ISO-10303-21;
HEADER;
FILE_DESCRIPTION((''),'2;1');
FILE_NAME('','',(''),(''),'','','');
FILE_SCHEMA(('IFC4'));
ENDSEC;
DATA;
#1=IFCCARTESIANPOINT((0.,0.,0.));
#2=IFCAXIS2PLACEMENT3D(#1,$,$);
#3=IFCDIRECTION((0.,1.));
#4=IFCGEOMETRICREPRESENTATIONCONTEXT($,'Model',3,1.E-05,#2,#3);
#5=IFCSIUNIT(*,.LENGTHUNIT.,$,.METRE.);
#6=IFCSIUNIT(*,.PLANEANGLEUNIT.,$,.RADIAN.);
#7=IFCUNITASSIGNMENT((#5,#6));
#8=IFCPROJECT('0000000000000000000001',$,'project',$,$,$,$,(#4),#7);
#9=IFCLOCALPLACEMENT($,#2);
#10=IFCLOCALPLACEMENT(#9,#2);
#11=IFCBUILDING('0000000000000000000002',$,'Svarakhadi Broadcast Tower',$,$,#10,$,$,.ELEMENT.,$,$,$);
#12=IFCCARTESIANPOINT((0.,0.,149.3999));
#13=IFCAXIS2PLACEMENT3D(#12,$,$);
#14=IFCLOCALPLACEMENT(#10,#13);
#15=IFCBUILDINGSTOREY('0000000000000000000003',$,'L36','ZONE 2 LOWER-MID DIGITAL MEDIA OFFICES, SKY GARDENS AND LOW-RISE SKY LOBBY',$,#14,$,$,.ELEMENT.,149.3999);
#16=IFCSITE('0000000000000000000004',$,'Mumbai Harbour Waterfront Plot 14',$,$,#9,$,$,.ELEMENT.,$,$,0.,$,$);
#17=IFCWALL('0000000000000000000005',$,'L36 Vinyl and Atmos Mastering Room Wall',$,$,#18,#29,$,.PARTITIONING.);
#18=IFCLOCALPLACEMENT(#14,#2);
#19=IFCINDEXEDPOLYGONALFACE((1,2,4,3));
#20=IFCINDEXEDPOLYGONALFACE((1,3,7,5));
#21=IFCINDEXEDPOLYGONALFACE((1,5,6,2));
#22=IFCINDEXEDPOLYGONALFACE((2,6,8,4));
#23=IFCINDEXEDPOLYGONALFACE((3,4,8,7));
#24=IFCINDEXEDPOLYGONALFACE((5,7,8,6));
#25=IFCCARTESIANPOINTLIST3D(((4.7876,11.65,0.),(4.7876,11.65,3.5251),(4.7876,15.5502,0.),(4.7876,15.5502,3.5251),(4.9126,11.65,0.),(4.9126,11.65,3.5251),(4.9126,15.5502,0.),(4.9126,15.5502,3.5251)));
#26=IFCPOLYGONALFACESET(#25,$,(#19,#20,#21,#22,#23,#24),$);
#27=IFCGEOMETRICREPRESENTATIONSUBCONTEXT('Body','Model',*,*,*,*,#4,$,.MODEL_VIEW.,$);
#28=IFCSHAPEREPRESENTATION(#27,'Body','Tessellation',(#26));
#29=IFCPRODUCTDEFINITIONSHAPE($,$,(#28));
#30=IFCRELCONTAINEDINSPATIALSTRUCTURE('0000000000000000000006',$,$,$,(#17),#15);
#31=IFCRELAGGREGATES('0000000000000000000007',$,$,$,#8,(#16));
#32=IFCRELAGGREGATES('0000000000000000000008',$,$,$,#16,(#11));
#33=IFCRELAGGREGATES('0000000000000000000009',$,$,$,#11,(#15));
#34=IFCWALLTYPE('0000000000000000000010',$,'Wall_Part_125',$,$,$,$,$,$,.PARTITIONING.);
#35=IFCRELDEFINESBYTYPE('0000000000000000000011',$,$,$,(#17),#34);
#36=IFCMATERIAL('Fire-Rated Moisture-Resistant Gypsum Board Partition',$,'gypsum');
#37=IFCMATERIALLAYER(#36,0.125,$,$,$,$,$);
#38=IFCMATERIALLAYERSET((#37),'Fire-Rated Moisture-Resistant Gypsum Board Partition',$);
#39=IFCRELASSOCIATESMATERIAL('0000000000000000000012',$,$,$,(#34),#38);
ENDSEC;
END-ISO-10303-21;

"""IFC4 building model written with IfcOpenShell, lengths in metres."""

from ifc_helpers import new_model, si_unit, direction, frame, frame_2d, origin, place, context, subcontext, project, spatial, rectangle, extrude, material, layer, layer_set, type_object, element, save


model = new_model("IFC4")

# Units and contexts
model_context = context("Model", 3, precision=1e-05, world=origin(), true_north=direction((0.0, 1.0)))
body_context = subcontext(model_context, "Body", "Model", "MODEL_VIEW")
ifc_project = project(units=[si_unit("LENGTHUNIT", "METRE"), si_unit("PLANEANGLEUNIT", "RADIAN")], contexts=[model_context])

# Site, building, storey
site_placement = place(None, origin())
site = spatial("IfcSite", under=ifc_project, at=site_placement, Name="Mumbai Harbour Waterfront Plot 14", CompositionType="ELEMENT", RefElevation=0.0)
building_placement = place(site_placement, origin())
building = spatial("IfcBuilding", under=site, at=building_placement, Name="Svarakhadi Broadcast Tower", CompositionType="ELEMENT")
storey_placement = place(building_placement, frame((0.0, 0.0, 149.3999)))
storey = spatial("IfcBuildingStorey", under=building, at=storey_placement, Name="L36", Description="ZONE 2 LOWER-MID DIGITAL MEDIA OFFICES, SKY GARDENS AND LOW-RISE SKY LOBBY", CompositionType="ELEMENT", Elevation=149.3999)

# Shared definitions
ifc_material_1 = material(Name="Fire-Rated Moisture-Resistant Gypsum Board Partition", Category="gypsum")
ifc_layer_1 = layer(ifc_material_1, 0.125)
ifc_layer_set_1 = layer_set([ifc_layer_1], Name="Fire-Rated Moisture-Resistant Gypsum Board Partition")
wall_type_1 = type_object("IfcWallType", Name="Wall_Part_125", PredefinedType="PARTITIONING", material=ifc_layer_set_1)

# Wall
wall_1_placement = place(storey_placement, frame((4.8501, 11.6499, 0.0), z_axis=(0.0, 0.0, 1.0), x_axis=(0.0, 1.0, 0.0)))
element("IfcWall", 1, at=wall_1_placement, inside=storey, type_object=wall_type_1, Name="L36 Vinyl and Atmos Mastering Room Wall", PredefinedType="PARTITIONING", context=body_context, shape_type="SweptSolid", body=[
    extrude(rectangle(XDim=3.9001, YDim=0.125, at=frame_2d((1.9502, 0.0))), origin(), (0.0, 0.0, 1.0), 3.5251),
])

save(model, "model.ifc")
